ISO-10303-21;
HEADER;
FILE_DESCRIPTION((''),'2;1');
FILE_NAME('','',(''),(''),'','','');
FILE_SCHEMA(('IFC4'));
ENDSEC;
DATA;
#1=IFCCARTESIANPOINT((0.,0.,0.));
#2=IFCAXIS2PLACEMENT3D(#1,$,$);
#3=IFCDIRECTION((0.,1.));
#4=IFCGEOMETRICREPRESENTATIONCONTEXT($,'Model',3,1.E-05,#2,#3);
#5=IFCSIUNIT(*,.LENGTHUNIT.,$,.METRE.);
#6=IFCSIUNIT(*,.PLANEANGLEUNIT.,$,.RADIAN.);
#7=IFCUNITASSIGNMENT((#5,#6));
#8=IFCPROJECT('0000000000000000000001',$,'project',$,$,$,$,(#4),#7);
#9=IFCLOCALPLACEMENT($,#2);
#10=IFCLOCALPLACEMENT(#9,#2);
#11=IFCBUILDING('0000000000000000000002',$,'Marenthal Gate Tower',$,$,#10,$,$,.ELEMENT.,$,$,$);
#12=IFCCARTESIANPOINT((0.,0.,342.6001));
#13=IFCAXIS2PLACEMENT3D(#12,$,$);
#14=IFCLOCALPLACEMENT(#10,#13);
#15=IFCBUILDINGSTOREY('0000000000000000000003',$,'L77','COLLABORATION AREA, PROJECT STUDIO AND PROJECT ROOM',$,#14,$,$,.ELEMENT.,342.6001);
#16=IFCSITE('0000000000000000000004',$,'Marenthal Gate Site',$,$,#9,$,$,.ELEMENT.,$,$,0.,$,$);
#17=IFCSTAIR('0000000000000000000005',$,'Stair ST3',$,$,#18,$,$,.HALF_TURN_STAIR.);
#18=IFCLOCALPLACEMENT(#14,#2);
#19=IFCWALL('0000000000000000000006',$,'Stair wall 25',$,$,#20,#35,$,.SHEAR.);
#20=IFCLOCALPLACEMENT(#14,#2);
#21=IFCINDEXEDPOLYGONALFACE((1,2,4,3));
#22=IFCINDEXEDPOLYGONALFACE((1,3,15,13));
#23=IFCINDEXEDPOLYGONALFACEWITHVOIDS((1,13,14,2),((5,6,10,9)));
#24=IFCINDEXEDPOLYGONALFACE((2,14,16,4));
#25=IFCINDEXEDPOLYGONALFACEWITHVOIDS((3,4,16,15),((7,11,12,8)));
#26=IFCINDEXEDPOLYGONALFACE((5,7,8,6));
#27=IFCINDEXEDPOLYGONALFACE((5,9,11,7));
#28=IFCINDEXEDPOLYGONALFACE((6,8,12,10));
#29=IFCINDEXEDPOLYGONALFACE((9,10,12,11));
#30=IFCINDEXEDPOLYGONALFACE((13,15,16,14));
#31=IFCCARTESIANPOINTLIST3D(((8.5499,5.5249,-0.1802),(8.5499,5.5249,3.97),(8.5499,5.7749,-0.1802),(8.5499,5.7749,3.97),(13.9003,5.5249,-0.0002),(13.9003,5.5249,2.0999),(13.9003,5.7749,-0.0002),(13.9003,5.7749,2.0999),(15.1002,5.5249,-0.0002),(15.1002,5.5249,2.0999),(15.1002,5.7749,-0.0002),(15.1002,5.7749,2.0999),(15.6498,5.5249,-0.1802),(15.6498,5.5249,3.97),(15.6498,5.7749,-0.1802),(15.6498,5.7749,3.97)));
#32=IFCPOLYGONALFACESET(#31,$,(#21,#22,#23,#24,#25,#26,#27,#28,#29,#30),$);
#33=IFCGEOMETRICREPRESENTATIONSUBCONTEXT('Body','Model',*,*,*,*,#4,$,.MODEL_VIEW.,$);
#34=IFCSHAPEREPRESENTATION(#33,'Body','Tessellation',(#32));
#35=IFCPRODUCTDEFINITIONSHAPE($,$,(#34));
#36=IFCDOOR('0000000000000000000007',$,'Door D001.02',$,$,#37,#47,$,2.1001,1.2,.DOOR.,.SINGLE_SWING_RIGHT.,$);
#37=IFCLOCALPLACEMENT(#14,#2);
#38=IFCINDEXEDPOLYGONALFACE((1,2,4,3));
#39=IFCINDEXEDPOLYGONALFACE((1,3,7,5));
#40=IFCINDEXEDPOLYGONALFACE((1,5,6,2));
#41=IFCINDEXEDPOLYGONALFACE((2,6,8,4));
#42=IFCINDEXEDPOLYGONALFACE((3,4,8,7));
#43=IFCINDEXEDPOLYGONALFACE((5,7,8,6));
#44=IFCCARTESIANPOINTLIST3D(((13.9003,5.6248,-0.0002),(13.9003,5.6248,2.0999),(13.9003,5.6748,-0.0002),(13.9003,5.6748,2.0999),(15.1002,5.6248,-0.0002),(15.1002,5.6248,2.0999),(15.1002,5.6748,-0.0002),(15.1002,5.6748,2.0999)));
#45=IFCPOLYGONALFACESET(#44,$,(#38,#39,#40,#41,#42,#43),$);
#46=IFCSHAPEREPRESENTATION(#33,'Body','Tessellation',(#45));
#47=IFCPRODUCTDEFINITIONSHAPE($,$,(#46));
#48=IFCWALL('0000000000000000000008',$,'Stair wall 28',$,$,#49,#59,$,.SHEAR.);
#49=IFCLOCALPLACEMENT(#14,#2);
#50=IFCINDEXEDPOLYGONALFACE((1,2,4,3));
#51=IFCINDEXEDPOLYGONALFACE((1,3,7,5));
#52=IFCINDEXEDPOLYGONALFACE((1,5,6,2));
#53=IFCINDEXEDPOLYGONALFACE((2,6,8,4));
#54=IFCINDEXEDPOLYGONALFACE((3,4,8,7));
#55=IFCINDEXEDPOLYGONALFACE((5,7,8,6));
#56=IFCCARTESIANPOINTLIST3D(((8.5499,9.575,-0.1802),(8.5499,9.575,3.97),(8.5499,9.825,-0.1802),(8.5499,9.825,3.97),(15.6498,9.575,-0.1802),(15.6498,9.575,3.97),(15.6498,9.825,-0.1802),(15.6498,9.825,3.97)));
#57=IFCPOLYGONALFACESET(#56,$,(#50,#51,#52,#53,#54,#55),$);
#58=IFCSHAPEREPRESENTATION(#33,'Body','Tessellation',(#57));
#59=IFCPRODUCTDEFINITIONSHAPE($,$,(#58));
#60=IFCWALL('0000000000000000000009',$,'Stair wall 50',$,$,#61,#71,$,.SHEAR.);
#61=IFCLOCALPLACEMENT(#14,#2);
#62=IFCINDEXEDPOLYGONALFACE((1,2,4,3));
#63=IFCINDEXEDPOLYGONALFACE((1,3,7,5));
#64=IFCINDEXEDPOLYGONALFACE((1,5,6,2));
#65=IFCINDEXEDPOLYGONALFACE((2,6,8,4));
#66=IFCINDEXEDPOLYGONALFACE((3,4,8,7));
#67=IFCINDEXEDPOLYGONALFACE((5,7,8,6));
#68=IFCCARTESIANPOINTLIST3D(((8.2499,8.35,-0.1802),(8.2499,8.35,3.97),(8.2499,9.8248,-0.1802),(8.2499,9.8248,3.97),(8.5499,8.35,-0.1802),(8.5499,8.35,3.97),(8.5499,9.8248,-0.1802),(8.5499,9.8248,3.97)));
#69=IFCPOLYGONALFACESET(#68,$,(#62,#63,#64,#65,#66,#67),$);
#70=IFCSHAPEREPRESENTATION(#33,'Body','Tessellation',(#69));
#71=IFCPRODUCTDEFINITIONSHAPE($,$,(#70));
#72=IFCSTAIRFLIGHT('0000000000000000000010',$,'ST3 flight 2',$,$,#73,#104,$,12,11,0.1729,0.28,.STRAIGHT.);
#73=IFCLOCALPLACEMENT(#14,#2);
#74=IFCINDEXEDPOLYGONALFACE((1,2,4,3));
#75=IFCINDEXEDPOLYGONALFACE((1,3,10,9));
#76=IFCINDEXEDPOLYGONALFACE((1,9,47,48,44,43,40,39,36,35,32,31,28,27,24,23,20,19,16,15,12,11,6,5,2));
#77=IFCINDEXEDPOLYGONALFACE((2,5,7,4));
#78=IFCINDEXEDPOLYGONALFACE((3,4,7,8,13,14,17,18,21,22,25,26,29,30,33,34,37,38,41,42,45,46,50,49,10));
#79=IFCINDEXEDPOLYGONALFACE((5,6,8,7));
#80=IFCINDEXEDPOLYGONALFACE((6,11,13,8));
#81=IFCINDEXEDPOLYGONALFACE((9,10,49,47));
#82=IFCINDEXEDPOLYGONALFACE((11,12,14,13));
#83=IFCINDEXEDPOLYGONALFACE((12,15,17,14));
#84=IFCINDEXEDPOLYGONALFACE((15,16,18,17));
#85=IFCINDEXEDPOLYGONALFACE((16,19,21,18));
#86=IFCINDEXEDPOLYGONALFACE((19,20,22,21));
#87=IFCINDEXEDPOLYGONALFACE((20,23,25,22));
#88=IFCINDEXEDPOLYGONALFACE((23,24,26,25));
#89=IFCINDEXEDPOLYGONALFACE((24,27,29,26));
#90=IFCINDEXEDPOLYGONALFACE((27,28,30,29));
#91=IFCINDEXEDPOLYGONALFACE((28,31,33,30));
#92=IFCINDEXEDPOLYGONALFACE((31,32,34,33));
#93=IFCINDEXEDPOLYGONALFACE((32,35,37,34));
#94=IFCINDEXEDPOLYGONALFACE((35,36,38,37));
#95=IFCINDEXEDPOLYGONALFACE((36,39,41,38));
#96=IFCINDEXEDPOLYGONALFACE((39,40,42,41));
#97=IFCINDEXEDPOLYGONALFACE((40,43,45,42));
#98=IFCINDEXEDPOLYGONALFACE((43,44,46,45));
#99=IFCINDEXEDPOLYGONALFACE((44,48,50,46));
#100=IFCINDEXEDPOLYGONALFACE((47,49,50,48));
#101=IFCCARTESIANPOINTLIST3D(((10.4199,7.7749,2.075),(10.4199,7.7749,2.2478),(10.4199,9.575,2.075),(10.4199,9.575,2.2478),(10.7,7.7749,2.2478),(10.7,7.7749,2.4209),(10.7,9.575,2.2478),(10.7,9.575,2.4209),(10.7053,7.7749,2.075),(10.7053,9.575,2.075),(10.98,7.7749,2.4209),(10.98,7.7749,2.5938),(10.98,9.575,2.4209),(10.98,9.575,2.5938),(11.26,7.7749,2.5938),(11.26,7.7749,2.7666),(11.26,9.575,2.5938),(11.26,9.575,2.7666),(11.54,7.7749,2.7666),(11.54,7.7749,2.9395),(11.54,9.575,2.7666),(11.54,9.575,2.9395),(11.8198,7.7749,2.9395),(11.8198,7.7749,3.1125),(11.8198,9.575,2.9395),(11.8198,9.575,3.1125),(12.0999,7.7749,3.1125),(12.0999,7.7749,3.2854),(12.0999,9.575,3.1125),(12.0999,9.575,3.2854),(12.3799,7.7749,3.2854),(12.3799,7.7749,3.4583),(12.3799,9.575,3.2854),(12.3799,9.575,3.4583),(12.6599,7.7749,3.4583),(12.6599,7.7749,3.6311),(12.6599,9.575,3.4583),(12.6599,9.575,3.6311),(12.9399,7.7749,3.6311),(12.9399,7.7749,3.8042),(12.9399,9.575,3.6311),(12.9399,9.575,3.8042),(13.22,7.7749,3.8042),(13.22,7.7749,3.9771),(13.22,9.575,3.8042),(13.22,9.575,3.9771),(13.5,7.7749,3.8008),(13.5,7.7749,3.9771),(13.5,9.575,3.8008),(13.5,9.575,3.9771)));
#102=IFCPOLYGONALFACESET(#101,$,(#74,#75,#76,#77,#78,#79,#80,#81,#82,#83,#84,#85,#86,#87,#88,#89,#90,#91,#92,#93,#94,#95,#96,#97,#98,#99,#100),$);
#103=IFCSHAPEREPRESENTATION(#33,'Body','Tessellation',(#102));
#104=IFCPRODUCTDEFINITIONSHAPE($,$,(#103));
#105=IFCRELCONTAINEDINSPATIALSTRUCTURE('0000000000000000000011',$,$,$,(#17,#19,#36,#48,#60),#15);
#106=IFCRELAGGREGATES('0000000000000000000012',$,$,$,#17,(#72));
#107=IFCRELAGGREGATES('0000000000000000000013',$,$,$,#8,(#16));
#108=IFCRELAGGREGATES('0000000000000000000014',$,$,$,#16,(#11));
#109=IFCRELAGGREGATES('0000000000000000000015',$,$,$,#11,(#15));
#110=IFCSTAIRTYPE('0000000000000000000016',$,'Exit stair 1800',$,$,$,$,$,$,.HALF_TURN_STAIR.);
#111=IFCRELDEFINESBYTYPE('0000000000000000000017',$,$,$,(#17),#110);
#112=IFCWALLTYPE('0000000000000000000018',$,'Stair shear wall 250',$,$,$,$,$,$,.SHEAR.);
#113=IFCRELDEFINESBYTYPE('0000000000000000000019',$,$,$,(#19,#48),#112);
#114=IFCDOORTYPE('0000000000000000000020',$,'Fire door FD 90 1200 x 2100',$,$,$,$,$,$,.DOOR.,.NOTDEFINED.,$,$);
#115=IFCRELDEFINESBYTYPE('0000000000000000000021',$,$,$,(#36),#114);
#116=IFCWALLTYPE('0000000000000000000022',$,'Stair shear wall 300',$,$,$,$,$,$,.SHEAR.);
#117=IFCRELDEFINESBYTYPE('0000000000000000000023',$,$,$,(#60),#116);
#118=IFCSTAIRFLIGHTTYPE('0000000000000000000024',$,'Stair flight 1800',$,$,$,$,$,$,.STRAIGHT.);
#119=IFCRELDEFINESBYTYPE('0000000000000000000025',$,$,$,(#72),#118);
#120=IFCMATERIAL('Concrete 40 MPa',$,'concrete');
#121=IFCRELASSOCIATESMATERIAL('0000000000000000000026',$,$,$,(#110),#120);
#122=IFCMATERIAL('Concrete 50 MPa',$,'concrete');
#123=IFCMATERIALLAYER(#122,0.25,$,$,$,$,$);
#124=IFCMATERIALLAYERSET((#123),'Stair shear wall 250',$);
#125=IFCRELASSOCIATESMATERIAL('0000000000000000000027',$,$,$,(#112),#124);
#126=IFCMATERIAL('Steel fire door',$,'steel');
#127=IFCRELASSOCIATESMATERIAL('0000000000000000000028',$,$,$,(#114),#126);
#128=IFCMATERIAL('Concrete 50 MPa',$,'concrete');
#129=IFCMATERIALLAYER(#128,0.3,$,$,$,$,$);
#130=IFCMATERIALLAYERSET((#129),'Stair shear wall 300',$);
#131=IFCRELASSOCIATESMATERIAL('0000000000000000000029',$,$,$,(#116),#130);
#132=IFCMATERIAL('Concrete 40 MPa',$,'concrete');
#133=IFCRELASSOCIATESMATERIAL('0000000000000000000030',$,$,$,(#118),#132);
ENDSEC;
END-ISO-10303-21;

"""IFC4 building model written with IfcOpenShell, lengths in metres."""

from ifc_helpers import new_model, si_unit, direction, frame, frame_2d, origin, place, context, subcontext, project, spatial, polyline, rectangle, outline, extrude, material, layer, layer_set, type_object, element, fill, aggregate, save


model = new_model("IFC4")

# Units and contexts
model_context = context("Model", 3, precision=1e-05, world=origin(), true_north=direction((0.0, 1.0)))
body_context = subcontext(model_context, "Body", "Model", "MODEL_VIEW")
ifc_project = project(units=[si_unit("LENGTHUNIT", "METRE"), si_unit("PLANEANGLEUNIT", "RADIAN")], contexts=[model_context])

# Site, building, storey
site_placement = place(None, origin())
site = spatial("IfcSite", under=ifc_project, at=site_placement, Name="Marenthal Gate Site", CompositionType="ELEMENT", RefElevation=0.0)
building_placement = place(site_placement, origin())
building = spatial("IfcBuilding", under=site, at=building_placement, Name="Marenthal Gate Tower", CompositionType="ELEMENT")
storey_placement = place(building_placement, frame((0.0, 0.0, 342.6001)))
storey = spatial("IfcBuildingStorey", under=building, at=storey_placement, Name="L77", Description="COLLABORATION AREA, PROJECT STUDIO AND PROJECT ROOM", CompositionType="ELEMENT", Elevation=342.6001)

# Stair
ifc_material_1 = material(Name="Concrete 40 MPa", Category="concrete")
stair_type = type_object("IfcStairType", Name="Exit stair 1800", PredefinedType="HALF_TURN_STAIR", material=ifc_material_1)
stair_1_placement = place(storey_placement, origin())
stair_1 = element("IfcStair", 1, at=stair_1_placement, inside=storey, type_object=stair_type, Name="Stair ST3", PredefinedType="HALF_TURN_STAIR")

# Wall, opening, door
ifc_material_2 = material(Name="Concrete 50 MPa", Category="concrete")
ifc_layer_1 = layer(ifc_material_2, 0.25)
ifc_layer_set_1 = layer_set([ifc_layer_1], Name="Stair shear wall 250")
wall_type_1 = type_object("IfcWallType", Name="Stair shear wall 250", PredefinedType="SHEAR", material=ifc_layer_set_1)
wall_1_placement = place(storey_placement, frame((8.55, 5.6499, -0.1802), z_axis=(0.0, 0.0, 1.0), x_axis=(1.0, 0.0, 0.0)))
wall_1 = element("IfcWall", 2, at=wall_1_placement, inside=storey, type_object=wall_type_1, Name="Stair wall 25", PredefinedType="SHEAR", context=body_context, shape_type="SweptSolid", body=[
    extrude(rectangle(XDim=7.0999, YDim=0.25, at=frame_2d((3.5498, 0.0))), origin(), (0.0, 0.0, 1.0), 4.1501),
])
opening_placement = place(wall_1_placement, frame((5.3501, 0.0, 0.1799)))
opening = element("IfcOpeningElement", 3, at=opening_placement, cuts=wall_1, PredefinedType="OPENING", context=body_context, shape_type="SweptSolid", body=[
    extrude(rectangle(XDim=1.2, YDim=2.1001, at=frame_2d((0.6001, 1.05))), frame((0.0, 0.135, 0.0), z_axis=(0.0, -1.0, 0.0), x_axis=(1.0, 0.0, 0.0)), (0.0, 0.0, 1.0), 0.27),
])
ifc_material_3 = material(Name="Steel fire door", Category="steel")
door_type = type_object("IfcDoorType", Name="Fire door FD 90 1200 x 2100", OperationType="NOTDEFINED", PredefinedType="DOOR", material=ifc_material_3)
door_placement = place(opening_placement, origin())
door = element("IfcDoor", 4, at=door_placement, inside=storey, type_object=door_type, Name="Door D001.02", OperationType="SINGLE_SWING_RIGHT", OverallHeight=2.1001, OverallWidth=1.2, PredefinedType="DOOR", context=body_context, shape_type="SweptSolid", body=[
    extrude(rectangle(XDim=1.2, YDim=2.1001, at=frame_2d((0.6001, 1.05))), frame((0.0, 0.0249, 0.0), z_axis=(0.0, -1.0, 0.0), x_axis=(1.0, 0.0, 0.0)), (0.0, 0.0, 1.0), 0.05),
])
fill(opening, door)

# Walls
wall_2_placement = place(storey_placement, frame((8.55, 9.7, -0.1802), z_axis=(0.0, 0.0, 1.0), x_axis=(1.0, 0.0, 0.0)))
element("IfcWall", 5, at=wall_2_placement, inside=storey, type_object=wall_type_1, Name="Stair wall 28", PredefinedType="SHEAR", context=body_context, shape_type="SweptSolid", body=[
    extrude(rectangle(XDim=7.0999, YDim=0.25, at=frame_2d((3.5498, 0.0))), origin(), (0.0, 0.0, 1.0), 4.1501),
])
ifc_material_4 = material(Name="Concrete 50 MPa", Category="concrete")
ifc_layer_2 = layer(ifc_material_4, 0.3)
ifc_layer_set_2 = layer_set([ifc_layer_2], Name="Stair shear wall 300")
wall_type_2 = type_object("IfcWallType", Name="Stair shear wall 300", PredefinedType="SHEAR", material=ifc_layer_set_2)
wall_3_placement = place(storey_placement, frame((8.3999, 8.3501, -0.1802), z_axis=(0.0, 0.0, 1.0), x_axis=(0.0, 1.0, 0.0)))
element("IfcWall", 6, at=wall_3_placement, inside=storey, type_object=wall_type_2, Name="Stair wall 50", PredefinedType="SHEAR", context=body_context, shape_type="SweptSolid", body=[
    extrude(rectangle(XDim=1.4749, YDim=0.3, at=frame_2d((0.7373, 0.0))), origin(), (0.0, 0.0, 1.0), 4.1501),
])

# Stair flight
ifc_material_5 = material(Name="Concrete 40 MPa", Category="concrete")
stair_flight_type = type_object("IfcStairFlightType", Name="Stair flight 1800", PredefinedType="STRAIGHT", material=ifc_material_5)
stair_flight_placement = place(storey_placement, frame((10.4199, 8.675, 2.075), z_axis=(0.0, 0.0, 1.0), x_axis=(1.0, 0.0, 0.0)))
stair_flight = element("IfcStairFlight", 7, at=stair_flight_placement, type_object=stair_flight_type, Name="ST3 flight 2", NumberOfRisers=12, NumberOfTreads=11, PredefinedType="STRAIGHT", RiserHeight=0.1729, TreadLength=0.28, context=body_context, shape_type="SweptSolid", body=[
    extrude(outline(polyline([(0.0, 0.0), (0.0, 0.1729), (0.28, 0.1729), (0.28, 0.3459), (0.5601, 0.3459), (0.5601, 0.5188), (0.8401, 0.5188), (0.8401, 0.6917), (1.1201, 0.6917), (1.1201, 0.8645), (1.3999, 0.8645), (1.3999, 1.0376), (1.6799, 1.0376), (1.6799, 1.2104), (1.96, 1.2104), (1.96, 1.3833), (2.24, 1.3833), (2.24, 1.5562), (2.52, 1.5562), (2.52, 1.7292), (2.8, 1.7292), (2.8, 1.9021), (3.0801, 1.9021), (3.0801, 2.075), (3.0801, 1.7258), (0.2854, 0.0), (0.0, 0.0)])), frame((0.0, 0.8999, 0.0), z_axis=(0.0, -1.0, 0.0), x_axis=(1.0, 0.0, 0.0)), (0.0, 0.0, 1.0), 1.8),
])
aggregate(stair_1, [stair_flight])

save(model, "model.ifc")
